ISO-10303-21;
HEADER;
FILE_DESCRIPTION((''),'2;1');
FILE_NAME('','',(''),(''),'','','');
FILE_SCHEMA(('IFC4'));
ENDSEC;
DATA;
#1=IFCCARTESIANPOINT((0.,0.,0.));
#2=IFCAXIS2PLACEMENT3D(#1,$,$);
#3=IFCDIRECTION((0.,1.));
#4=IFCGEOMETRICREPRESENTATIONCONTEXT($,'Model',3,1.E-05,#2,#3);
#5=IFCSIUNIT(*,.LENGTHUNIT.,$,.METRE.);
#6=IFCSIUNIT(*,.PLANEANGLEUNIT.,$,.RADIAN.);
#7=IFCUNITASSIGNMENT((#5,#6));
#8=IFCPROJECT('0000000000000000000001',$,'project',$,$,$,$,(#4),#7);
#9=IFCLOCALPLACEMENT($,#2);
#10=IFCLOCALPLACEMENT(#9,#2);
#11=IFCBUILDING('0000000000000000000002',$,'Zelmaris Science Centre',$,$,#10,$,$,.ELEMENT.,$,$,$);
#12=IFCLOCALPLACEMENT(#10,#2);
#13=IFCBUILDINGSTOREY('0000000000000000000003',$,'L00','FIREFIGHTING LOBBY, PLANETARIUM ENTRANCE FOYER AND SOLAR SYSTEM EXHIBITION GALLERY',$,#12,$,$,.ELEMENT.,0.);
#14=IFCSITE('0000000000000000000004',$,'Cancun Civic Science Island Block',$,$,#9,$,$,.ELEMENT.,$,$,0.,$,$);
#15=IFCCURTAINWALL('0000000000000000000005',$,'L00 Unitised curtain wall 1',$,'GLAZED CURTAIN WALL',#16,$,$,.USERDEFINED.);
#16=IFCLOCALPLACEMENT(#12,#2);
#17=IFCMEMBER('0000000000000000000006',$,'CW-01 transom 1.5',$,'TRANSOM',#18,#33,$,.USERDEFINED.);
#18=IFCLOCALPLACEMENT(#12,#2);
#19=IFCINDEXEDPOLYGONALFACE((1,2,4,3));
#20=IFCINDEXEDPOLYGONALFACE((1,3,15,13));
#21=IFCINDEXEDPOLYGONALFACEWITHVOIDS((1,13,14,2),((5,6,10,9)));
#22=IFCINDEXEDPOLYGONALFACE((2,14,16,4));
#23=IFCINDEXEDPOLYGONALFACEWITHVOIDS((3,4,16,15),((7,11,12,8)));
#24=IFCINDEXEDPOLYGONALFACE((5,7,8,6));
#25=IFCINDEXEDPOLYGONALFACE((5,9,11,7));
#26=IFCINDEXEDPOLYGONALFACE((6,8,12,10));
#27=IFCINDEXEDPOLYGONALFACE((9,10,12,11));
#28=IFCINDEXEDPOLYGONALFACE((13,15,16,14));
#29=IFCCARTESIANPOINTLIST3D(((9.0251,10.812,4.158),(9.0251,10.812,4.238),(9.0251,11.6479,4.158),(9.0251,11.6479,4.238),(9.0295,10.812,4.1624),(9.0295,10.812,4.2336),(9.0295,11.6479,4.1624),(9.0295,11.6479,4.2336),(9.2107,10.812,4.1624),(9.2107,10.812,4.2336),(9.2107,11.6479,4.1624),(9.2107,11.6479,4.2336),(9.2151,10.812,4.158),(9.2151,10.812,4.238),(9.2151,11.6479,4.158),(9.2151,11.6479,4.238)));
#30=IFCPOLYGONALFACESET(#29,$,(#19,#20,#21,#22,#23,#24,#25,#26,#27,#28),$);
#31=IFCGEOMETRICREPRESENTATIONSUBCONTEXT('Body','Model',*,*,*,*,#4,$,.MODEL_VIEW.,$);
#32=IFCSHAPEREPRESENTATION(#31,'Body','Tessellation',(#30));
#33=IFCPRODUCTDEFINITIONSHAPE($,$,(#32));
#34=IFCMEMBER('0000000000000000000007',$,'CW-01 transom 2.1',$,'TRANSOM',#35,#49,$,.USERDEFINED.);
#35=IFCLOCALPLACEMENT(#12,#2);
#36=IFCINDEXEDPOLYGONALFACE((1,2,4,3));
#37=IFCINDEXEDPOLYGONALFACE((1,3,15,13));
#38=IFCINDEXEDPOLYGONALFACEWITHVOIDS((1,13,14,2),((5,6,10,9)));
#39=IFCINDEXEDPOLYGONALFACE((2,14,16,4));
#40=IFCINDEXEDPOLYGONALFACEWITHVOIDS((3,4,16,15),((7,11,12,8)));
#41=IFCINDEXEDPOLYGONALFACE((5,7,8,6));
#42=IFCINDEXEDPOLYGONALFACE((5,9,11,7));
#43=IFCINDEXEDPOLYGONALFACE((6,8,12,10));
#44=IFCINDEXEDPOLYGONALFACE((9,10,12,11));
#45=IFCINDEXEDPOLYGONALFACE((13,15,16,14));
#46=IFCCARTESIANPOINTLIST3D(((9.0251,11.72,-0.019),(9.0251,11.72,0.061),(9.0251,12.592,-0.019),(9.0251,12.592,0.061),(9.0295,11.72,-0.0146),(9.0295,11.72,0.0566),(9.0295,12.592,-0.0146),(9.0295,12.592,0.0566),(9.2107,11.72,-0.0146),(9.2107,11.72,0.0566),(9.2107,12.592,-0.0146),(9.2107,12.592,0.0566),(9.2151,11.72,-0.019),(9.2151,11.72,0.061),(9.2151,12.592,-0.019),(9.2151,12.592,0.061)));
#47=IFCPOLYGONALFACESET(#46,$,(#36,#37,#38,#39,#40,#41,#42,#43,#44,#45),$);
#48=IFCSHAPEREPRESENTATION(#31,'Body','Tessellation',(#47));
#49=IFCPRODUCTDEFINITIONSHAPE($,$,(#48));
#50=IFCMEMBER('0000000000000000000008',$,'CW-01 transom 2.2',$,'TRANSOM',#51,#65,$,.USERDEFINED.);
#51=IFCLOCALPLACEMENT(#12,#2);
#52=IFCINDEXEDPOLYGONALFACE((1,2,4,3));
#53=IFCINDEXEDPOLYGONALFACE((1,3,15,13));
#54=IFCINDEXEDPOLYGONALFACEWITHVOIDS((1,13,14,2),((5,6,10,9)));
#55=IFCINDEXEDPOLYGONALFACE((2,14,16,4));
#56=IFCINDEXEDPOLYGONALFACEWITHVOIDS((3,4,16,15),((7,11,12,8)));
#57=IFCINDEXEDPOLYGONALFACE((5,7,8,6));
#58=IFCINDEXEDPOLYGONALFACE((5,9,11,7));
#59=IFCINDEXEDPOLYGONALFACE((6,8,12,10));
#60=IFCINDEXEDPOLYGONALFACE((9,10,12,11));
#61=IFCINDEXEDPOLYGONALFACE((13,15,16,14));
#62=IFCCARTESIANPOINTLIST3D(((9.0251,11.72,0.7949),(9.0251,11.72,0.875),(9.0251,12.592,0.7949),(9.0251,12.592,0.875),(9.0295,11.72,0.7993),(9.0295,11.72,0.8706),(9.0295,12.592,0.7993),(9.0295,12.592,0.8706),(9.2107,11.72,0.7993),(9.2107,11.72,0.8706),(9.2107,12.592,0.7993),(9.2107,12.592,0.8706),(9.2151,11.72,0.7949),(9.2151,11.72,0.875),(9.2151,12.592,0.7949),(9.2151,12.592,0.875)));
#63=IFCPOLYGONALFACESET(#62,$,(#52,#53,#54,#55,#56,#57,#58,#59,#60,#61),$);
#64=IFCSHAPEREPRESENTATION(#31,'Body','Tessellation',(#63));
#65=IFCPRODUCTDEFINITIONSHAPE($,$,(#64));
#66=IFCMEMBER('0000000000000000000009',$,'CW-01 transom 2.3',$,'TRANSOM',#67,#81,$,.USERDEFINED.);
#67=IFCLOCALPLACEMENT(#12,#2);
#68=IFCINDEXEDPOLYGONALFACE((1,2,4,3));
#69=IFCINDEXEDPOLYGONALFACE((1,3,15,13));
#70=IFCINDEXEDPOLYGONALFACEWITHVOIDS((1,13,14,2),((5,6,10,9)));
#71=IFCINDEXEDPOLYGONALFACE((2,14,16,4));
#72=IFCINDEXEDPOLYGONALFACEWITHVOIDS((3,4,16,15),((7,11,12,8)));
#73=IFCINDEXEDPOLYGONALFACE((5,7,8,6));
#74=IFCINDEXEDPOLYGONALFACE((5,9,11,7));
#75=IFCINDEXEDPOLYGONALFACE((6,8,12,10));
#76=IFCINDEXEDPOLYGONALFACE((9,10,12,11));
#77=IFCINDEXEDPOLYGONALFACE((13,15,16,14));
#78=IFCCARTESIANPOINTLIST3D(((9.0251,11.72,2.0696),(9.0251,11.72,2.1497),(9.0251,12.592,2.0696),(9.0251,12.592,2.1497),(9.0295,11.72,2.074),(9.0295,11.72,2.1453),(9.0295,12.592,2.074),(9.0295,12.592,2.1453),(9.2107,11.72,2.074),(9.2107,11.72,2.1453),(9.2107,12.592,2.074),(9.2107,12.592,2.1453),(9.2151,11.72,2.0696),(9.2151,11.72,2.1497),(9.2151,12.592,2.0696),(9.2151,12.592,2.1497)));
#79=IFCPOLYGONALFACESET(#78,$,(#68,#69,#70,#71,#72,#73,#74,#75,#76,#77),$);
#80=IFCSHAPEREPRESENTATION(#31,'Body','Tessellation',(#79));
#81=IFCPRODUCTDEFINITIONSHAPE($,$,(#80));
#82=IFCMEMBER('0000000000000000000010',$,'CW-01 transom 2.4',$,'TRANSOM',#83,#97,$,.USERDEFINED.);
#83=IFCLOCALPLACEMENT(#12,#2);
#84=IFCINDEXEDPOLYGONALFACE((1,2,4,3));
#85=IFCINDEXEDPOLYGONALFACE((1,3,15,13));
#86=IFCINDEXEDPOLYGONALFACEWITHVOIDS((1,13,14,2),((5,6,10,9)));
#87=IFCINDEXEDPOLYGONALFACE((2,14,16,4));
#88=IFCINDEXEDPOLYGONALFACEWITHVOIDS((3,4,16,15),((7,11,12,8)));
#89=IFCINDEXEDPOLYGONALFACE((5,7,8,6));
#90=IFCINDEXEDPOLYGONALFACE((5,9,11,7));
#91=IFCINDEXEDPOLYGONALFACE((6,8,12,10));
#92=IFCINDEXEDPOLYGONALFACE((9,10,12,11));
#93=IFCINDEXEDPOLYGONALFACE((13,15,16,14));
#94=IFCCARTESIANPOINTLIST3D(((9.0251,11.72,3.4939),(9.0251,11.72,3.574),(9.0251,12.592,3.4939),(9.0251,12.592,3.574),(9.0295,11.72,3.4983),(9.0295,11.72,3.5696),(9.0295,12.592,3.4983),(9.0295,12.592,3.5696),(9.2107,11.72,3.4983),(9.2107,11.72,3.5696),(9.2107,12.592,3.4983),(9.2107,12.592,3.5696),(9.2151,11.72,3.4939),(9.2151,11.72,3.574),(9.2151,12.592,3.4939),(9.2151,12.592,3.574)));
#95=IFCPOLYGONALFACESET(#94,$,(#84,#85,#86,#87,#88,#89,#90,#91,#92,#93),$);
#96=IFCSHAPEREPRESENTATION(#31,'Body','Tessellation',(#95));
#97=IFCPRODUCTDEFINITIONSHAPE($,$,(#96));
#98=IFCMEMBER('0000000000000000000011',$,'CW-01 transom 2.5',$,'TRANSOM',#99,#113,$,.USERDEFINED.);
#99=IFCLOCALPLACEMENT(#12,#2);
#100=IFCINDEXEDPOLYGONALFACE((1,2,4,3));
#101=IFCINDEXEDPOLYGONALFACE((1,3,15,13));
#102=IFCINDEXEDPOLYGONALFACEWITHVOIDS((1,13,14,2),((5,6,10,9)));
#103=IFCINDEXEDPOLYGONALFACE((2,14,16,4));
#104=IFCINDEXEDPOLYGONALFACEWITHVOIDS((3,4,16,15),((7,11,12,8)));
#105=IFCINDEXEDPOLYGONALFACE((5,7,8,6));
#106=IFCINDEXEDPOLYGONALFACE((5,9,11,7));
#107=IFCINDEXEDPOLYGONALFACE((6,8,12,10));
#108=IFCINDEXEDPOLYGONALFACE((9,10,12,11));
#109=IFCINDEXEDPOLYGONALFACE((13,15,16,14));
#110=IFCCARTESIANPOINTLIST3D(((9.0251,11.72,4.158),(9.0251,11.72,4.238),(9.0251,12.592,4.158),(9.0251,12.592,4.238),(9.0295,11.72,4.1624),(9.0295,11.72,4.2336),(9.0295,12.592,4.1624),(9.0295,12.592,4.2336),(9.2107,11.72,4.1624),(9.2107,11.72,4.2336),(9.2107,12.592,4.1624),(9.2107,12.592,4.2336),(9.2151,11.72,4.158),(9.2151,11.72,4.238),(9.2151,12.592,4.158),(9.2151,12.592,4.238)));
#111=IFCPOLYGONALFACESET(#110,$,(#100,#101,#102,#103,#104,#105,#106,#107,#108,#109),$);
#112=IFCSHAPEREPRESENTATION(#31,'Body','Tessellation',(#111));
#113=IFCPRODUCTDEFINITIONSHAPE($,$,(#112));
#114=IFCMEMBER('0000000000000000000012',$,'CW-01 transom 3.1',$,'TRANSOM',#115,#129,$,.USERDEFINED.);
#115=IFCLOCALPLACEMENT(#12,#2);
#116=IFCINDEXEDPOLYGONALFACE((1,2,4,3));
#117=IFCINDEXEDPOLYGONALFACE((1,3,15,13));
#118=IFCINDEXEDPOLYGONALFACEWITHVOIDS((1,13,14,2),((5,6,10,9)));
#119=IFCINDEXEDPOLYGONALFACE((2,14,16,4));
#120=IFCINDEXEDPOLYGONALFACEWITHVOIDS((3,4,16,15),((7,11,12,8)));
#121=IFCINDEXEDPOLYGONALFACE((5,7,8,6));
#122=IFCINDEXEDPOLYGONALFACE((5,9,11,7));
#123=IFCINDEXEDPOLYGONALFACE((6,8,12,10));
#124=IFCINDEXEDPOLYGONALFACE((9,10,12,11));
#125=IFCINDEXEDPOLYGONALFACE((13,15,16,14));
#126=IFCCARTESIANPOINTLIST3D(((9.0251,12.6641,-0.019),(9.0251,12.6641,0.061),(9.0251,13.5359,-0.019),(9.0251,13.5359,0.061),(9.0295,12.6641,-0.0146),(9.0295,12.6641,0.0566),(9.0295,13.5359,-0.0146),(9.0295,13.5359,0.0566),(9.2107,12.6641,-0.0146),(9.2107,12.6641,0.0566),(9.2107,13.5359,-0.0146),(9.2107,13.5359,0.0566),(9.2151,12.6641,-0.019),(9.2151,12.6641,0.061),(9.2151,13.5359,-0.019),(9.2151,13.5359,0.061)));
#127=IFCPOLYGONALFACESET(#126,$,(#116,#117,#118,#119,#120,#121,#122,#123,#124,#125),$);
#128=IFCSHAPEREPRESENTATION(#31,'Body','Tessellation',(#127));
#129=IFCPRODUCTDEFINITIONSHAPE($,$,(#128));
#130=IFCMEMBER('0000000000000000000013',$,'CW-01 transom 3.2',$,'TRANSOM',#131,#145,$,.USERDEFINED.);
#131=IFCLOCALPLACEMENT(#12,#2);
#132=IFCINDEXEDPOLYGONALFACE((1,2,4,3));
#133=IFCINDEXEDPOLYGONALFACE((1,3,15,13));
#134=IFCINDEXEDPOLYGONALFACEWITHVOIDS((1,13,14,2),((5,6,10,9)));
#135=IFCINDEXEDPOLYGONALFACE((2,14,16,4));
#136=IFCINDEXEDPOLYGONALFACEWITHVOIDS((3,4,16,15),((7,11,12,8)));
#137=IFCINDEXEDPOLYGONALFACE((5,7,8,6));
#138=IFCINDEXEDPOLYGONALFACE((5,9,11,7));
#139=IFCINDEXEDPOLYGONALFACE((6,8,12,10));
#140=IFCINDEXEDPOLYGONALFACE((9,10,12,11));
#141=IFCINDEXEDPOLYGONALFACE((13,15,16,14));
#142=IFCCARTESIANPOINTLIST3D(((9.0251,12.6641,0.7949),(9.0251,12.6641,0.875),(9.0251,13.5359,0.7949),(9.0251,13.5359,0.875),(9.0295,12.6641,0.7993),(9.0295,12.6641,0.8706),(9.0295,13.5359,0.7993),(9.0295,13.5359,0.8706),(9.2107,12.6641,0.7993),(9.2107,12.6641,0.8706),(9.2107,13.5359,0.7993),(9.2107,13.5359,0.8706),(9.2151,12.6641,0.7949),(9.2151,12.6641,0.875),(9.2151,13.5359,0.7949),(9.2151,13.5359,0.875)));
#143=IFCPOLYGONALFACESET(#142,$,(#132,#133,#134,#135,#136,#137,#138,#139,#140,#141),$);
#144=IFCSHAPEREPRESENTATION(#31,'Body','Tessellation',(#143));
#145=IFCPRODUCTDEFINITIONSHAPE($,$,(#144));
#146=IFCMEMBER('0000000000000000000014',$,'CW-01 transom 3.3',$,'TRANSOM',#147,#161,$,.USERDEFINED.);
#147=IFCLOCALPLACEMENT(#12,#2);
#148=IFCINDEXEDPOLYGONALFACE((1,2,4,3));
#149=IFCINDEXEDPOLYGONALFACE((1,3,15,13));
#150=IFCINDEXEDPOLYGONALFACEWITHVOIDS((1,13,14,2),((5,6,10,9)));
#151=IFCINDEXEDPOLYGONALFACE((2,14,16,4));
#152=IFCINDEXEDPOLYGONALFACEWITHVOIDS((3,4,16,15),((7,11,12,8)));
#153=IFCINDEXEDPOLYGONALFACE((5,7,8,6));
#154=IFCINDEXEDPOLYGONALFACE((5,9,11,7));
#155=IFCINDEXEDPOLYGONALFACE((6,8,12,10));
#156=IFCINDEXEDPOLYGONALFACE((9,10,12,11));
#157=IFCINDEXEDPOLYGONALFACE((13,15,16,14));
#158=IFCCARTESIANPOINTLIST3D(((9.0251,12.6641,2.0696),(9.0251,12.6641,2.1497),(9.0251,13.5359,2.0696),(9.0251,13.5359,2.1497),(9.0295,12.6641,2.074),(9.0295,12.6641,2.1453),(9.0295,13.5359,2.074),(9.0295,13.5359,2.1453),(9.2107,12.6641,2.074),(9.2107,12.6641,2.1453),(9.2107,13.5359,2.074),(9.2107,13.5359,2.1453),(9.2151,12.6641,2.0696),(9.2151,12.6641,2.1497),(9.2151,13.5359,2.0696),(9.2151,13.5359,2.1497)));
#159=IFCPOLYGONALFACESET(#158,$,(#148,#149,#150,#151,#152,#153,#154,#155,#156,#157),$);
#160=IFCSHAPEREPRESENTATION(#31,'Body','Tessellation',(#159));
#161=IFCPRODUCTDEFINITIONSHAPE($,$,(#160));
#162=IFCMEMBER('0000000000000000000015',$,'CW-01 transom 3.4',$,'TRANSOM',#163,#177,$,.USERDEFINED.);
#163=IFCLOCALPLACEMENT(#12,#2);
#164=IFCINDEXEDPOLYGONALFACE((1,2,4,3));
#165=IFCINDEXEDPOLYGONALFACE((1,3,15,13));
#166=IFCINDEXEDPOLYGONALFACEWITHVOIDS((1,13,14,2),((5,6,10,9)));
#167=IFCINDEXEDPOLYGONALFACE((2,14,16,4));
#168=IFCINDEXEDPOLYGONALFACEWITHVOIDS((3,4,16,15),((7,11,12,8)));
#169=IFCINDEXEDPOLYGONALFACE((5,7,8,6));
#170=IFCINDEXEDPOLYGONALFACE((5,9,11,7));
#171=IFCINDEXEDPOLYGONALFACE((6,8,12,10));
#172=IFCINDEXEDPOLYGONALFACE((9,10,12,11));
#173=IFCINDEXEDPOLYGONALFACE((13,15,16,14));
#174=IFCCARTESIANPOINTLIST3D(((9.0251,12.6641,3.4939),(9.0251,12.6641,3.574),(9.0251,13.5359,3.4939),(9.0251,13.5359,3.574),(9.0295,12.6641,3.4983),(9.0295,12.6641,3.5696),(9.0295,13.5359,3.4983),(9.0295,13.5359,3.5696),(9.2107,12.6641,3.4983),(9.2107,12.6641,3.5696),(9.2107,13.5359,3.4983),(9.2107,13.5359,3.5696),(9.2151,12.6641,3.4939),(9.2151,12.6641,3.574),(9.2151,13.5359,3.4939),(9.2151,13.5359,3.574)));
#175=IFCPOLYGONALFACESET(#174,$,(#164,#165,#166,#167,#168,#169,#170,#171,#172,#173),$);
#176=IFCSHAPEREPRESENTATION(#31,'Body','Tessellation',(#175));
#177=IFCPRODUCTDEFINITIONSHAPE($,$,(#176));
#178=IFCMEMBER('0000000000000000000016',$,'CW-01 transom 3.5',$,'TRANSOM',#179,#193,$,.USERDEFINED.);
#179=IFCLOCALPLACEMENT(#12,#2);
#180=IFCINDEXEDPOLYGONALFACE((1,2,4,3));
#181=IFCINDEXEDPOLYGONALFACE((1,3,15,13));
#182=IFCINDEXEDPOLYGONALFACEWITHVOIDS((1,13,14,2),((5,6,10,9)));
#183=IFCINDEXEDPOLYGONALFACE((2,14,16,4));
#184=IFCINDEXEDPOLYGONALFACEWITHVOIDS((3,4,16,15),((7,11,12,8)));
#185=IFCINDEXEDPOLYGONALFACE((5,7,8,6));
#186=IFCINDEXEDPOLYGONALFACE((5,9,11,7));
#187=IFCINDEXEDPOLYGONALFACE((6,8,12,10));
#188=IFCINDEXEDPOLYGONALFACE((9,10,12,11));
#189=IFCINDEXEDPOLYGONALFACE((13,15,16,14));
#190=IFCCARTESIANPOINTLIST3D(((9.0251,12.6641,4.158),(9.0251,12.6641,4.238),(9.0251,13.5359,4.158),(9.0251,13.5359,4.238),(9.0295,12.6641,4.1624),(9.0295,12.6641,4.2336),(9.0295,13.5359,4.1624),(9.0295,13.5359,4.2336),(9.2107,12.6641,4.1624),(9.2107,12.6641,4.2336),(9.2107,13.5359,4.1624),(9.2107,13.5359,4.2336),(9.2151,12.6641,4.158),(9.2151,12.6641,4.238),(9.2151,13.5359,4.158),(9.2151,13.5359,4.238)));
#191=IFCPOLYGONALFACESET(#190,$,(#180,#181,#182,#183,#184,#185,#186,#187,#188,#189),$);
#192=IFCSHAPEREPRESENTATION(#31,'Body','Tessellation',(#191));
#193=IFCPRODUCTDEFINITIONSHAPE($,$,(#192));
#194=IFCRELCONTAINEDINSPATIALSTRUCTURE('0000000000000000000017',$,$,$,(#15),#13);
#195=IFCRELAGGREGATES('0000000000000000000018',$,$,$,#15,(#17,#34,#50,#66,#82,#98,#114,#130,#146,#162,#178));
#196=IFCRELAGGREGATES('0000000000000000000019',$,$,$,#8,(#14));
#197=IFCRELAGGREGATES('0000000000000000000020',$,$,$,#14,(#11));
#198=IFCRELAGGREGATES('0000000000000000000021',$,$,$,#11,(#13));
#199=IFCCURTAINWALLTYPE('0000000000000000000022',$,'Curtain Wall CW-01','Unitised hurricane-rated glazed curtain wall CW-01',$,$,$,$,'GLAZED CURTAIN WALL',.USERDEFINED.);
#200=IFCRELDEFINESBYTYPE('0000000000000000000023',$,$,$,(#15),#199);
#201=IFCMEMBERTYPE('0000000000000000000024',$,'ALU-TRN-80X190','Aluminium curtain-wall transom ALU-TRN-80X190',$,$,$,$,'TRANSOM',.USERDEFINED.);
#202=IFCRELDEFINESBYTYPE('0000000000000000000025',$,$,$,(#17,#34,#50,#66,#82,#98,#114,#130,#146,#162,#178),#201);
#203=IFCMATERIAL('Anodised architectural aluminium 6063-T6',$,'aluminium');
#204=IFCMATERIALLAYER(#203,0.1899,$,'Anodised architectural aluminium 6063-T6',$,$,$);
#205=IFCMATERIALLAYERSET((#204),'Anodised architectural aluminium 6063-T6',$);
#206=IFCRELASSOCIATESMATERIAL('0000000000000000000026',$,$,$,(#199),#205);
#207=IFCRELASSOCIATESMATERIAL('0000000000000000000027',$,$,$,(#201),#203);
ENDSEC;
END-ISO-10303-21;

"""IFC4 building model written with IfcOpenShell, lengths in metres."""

from ifc_helpers import new_model, si_unit, direction, frame, origin, origin_2d, place, context, subcontext, project, spatial, hollow_rectangle, extrude, material, layer, layer_set, material_profile, profile_set, type_object, element, aggregate, save


model = new_model("IFC4")

# Units and contexts
model_context = context("Model", 3, precision=1e-05, world=origin(), true_north=direction((0.0, 1.0)))
body_context = subcontext(model_context, "Body", "Model", "MODEL_VIEW")
ifc_project = project(units=[si_unit("LENGTHUNIT", "METRE"), si_unit("PLANEANGLEUNIT", "RADIAN")], contexts=[model_context])

# Site, building, storey
site_placement = place(None, origin())
site = spatial("IfcSite", under=ifc_project, at=site_placement, Name="Cancun Civic Science Island Block", CompositionType="ELEMENT", RefElevation=0.0)
building_placement = place(site_placement, origin())
building = spatial("IfcBuilding", under=site, at=building_placement, Name="Zelmaris Science Centre", CompositionType="ELEMENT")
storey_placement = place(building_placement, origin())
storey = spatial("IfcBuildingStorey", under=building, at=storey_placement, Name="L00", Description="FIREFIGHTING LOBBY, PLANETARIUM ENTRANCE FOYER AND SOLAR SYSTEM EXHIBITION GALLERY", CompositionType="ELEMENT", Elevation=0.0)

# Curtain wall, members
ifc_material_1 = material(Name="Anodised architectural aluminium 6063-T6", Category="aluminium")
ifc_layer_1 = layer(ifc_material_1, 0.1899, Name="Anodised architectural aluminium 6063-T6")
ifc_layer_set_1 = layer_set([ifc_layer_1], Name="Anodised architectural aluminium 6063-T6")
curtain_wall_type = type_object("IfcCurtainWallType", Name="Curtain Wall CW-01", Description="Unitised hurricane-rated glazed curtain wall CW-01", ElementType="GLAZED CURTAIN WALL", PredefinedType="USERDEFINED", material=ifc_layer_set_1)
curtain_wall_placement = place(storey_placement, origin())
curtain_wall = element("IfcCurtainWall", 1, at=curtain_wall_placement, inside=storey, type_object=curtain_wall_type, Name="L00 Unitised curtain wall 1", ObjectType="GLAZED CURTAIN WALL", PredefinedType="USERDEFINED")
ifc_material_profile_1 = material_profile(ifc_material_1, hollow_rectangle(XDim=0.0801, YDim=0.1899, WallThickness=0.0044, at=origin_2d()), Name="ALU-TRN-80X190")
ifc_profile_set_1 = profile_set([ifc_material_profile_1], Name="Anodised architectural aluminium 6063-T6")
member_type_1 = type_object("IfcMemberType", Name="ALU-TRN-80X190", Description="Aluminium curtain-wall transom ALU-TRN-80X190", ElementType="TRANSOM", PredefinedType="USERDEFINED", material=ifc_profile_set_1)
member_1_placement = place(storey_placement, frame((9.1201, 10.812, 4.198), z_axis=(0.0, 1.0, 0.0), x_axis=(0.0, 0.0, 1.0)))
member_1 = element("IfcMember", 2, at=member_1_placement, type_object=member_type_1, Name="CW-01 transom 1.5", ObjectType="TRANSOM", PredefinedType="USERDEFINED", context=body_context, shape_type="SweptSolid", body=[
    extrude(hollow_rectangle(XDim=0.0801, YDim=0.1899, WallThickness=0.0044, at=origin_2d()), origin(), (0.0, 0.0, 1.0), 0.8359),
])
member_2_placement = place(storey_placement, frame((9.1201, 11.72, 0.021), z_axis=(0.0, 1.0, 0.0), x_axis=(0.0, 0.0, 1.0)))
member_2 = element("IfcMember", 3, at=member_2_placement, type_object=member_type_1, Name="CW-01 transom 2.1", ObjectType="TRANSOM", PredefinedType="USERDEFINED", context=body_context, shape_type="SweptSolid", body=[
    extrude(hollow_rectangle(XDim=0.0801, YDim=0.1899, WallThickness=0.0044, at=origin_2d()), origin(), (0.0, 0.0, 1.0), 0.8721),
])
member_3_placement = place(storey_placement, frame((9.1201, 11.72, 0.835), z_axis=(0.0, 1.0, 0.0), x_axis=(0.0, 0.0, 1.0)))
member_3 = element("IfcMember", 4, at=member_3_placement, type_object=member_type_1, Name="CW-01 transom 2.2", ObjectType="TRANSOM", PredefinedType="USERDEFINED", context=body_context, shape_type="SweptSolid", body=[
    extrude(hollow_rectangle(XDim=0.0801, YDim=0.1899, WallThickness=0.0044, at=origin_2d()), origin(), (0.0, 0.0, 1.0), 0.8721),
])
member_4_placement = place(storey_placement, frame((9.1201, 11.72, 2.1096), z_axis=(0.0, 1.0, 0.0), x_axis=(0.0, 0.0, 1.0)))
member_4 = element("IfcMember", 5, at=member_4_placement, type_object=member_type_1, Name="CW-01 transom 2.3", ObjectType="TRANSOM", PredefinedType="USERDEFINED", context=body_context, shape_type="SweptSolid", body=[
    extrude(hollow_rectangle(XDim=0.0801, YDim=0.1899, WallThickness=0.0044, at=origin_2d()), origin(), (0.0, 0.0, 1.0), 0.8721),
])
member_5_placement = place(storey_placement, frame((9.1201, 11.72, 3.5339), z_axis=(0.0, 1.0, 0.0), x_axis=(0.0, 0.0, 1.0)))
member_5 = element("IfcMember", 6, at=member_5_placement, type_object=member_type_1, Name="CW-01 transom 2.4", ObjectType="TRANSOM", PredefinedType="USERDEFINED", context=body_context, shape_type="SweptSolid", body=[
    extrude(hollow_rectangle(XDim=0.0801, YDim=0.1899, WallThickness=0.0044, at=origin_2d()), origin(), (0.0, 0.0, 1.0), 0.8721),
])
member_6_placement = place(storey_placement, frame((9.1201, 11.72, 4.198), z_axis=(0.0, 1.0, 0.0), x_axis=(0.0, 0.0, 1.0)))
member_6 = element("IfcMember", 7, at=member_6_placement, type_object=member_type_1, Name="CW-01 transom 2.5", ObjectType="TRANSOM", PredefinedType="USERDEFINED", context=body_context, shape_type="SweptSolid", body=[
    extrude(hollow_rectangle(XDim=0.0801, YDim=0.1899, WallThickness=0.0044, at=origin_2d()), origin(), (0.0, 0.0, 1.0), 0.8721),
])
member_7_placement = place(storey_placement, frame((9.1201, 12.6641, 0.021), z_axis=(0.0, 1.0, 0.0), x_axis=(0.0, 0.0, 1.0)))
member_7 = element("IfcMember", 8, at=member_7_placement, type_object=member_type_1, Name="CW-01 transom 3.1", ObjectType="TRANSOM", PredefinedType="USERDEFINED", context=body_context, shape_type="SweptSolid", body=[
    extrude(hollow_rectangle(XDim=0.0801, YDim=0.1899, WallThickness=0.0044, at=origin_2d()), origin(), (0.0, 0.0, 1.0), 0.8718),
])
member_8_placement = place(storey_placement, frame((9.1201, 12.6641, 0.835), z_axis=(0.0, 1.0, 0.0), x_axis=(0.0, 0.0, 1.0)))
member_8 = element("IfcMember", 9, at=member_8_placement, type_object=member_type_1, Name="CW-01 transom 3.2", ObjectType="TRANSOM", PredefinedType="USERDEFINED", context=body_context, shape_type="SweptSolid", body=[
    extrude(hollow_rectangle(XDim=0.0801, YDim=0.1899, WallThickness=0.0044, at=origin_2d()), origin(), (0.0, 0.0, 1.0), 0.8718),
])
member_9_placement = place(storey_placement, frame((9.1201, 12.6641, 2.1096), z_axis=(0.0, 1.0, 0.0), x_axis=(0.0, 0.0, 1.0)))
member_9 = element("IfcMember", 10, at=member_9_placement, type_object=member_type_1, Name="CW-01 transom 3.3", ObjectType="TRANSOM", PredefinedType="USERDEFINED", context=body_context, shape_type="SweptSolid", body=[
    extrude(hollow_rectangle(XDim=0.0801, YDim=0.1899, WallThickness=0.0044, at=origin_2d()), origin(), (0.0, 0.0, 1.0), 0.8718),
])
member_10_placement = place(storey_placement, frame((9.1201, 12.6641, 3.5339), z_axis=(0.0, 1.0, 0.0), x_axis=(0.0, 0.0, 1.0)))
member_10 = element("IfcMember", 11, at=member_10_placement, type_object=member_type_1, Name="CW-01 transom 3.4", ObjectType="TRANSOM", PredefinedType="USERDEFINED", context=body_context, shape_type="SweptSolid", body=[
    extrude(hollow_rectangle(XDim=0.0801, YDim=0.1899, WallThickness=0.0044, at=origin_2d()), origin(), (0.0, 0.0, 1.0), 0.8718),
])
member_11_placement = place(storey_placement, frame((9.1201, 12.6641, 4.198), z_axis=(0.0, 1.0, 0.0), x_axis=(0.0, 0.0, 1.0)))
member_11 = element("IfcMember", 12, at=member_11_placement, type_object=member_type_1, Name="CW-01 transom 3.5", ObjectType="TRANSOM", PredefinedType="USERDEFINED", context=body_context, shape_type="SweptSolid", body=[
    extrude(hollow_rectangle(XDim=0.0801, YDim=0.1899, WallThickness=0.0044, at=origin_2d()), origin(), (0.0, 0.0, 1.0), 0.8718),
])

aggregate(curtain_wall, [member_1, member_2, member_3, member_4, member_5, member_6, member_7, member_8, member_9, member_10, member_11])

save(model, "model.ifc")
